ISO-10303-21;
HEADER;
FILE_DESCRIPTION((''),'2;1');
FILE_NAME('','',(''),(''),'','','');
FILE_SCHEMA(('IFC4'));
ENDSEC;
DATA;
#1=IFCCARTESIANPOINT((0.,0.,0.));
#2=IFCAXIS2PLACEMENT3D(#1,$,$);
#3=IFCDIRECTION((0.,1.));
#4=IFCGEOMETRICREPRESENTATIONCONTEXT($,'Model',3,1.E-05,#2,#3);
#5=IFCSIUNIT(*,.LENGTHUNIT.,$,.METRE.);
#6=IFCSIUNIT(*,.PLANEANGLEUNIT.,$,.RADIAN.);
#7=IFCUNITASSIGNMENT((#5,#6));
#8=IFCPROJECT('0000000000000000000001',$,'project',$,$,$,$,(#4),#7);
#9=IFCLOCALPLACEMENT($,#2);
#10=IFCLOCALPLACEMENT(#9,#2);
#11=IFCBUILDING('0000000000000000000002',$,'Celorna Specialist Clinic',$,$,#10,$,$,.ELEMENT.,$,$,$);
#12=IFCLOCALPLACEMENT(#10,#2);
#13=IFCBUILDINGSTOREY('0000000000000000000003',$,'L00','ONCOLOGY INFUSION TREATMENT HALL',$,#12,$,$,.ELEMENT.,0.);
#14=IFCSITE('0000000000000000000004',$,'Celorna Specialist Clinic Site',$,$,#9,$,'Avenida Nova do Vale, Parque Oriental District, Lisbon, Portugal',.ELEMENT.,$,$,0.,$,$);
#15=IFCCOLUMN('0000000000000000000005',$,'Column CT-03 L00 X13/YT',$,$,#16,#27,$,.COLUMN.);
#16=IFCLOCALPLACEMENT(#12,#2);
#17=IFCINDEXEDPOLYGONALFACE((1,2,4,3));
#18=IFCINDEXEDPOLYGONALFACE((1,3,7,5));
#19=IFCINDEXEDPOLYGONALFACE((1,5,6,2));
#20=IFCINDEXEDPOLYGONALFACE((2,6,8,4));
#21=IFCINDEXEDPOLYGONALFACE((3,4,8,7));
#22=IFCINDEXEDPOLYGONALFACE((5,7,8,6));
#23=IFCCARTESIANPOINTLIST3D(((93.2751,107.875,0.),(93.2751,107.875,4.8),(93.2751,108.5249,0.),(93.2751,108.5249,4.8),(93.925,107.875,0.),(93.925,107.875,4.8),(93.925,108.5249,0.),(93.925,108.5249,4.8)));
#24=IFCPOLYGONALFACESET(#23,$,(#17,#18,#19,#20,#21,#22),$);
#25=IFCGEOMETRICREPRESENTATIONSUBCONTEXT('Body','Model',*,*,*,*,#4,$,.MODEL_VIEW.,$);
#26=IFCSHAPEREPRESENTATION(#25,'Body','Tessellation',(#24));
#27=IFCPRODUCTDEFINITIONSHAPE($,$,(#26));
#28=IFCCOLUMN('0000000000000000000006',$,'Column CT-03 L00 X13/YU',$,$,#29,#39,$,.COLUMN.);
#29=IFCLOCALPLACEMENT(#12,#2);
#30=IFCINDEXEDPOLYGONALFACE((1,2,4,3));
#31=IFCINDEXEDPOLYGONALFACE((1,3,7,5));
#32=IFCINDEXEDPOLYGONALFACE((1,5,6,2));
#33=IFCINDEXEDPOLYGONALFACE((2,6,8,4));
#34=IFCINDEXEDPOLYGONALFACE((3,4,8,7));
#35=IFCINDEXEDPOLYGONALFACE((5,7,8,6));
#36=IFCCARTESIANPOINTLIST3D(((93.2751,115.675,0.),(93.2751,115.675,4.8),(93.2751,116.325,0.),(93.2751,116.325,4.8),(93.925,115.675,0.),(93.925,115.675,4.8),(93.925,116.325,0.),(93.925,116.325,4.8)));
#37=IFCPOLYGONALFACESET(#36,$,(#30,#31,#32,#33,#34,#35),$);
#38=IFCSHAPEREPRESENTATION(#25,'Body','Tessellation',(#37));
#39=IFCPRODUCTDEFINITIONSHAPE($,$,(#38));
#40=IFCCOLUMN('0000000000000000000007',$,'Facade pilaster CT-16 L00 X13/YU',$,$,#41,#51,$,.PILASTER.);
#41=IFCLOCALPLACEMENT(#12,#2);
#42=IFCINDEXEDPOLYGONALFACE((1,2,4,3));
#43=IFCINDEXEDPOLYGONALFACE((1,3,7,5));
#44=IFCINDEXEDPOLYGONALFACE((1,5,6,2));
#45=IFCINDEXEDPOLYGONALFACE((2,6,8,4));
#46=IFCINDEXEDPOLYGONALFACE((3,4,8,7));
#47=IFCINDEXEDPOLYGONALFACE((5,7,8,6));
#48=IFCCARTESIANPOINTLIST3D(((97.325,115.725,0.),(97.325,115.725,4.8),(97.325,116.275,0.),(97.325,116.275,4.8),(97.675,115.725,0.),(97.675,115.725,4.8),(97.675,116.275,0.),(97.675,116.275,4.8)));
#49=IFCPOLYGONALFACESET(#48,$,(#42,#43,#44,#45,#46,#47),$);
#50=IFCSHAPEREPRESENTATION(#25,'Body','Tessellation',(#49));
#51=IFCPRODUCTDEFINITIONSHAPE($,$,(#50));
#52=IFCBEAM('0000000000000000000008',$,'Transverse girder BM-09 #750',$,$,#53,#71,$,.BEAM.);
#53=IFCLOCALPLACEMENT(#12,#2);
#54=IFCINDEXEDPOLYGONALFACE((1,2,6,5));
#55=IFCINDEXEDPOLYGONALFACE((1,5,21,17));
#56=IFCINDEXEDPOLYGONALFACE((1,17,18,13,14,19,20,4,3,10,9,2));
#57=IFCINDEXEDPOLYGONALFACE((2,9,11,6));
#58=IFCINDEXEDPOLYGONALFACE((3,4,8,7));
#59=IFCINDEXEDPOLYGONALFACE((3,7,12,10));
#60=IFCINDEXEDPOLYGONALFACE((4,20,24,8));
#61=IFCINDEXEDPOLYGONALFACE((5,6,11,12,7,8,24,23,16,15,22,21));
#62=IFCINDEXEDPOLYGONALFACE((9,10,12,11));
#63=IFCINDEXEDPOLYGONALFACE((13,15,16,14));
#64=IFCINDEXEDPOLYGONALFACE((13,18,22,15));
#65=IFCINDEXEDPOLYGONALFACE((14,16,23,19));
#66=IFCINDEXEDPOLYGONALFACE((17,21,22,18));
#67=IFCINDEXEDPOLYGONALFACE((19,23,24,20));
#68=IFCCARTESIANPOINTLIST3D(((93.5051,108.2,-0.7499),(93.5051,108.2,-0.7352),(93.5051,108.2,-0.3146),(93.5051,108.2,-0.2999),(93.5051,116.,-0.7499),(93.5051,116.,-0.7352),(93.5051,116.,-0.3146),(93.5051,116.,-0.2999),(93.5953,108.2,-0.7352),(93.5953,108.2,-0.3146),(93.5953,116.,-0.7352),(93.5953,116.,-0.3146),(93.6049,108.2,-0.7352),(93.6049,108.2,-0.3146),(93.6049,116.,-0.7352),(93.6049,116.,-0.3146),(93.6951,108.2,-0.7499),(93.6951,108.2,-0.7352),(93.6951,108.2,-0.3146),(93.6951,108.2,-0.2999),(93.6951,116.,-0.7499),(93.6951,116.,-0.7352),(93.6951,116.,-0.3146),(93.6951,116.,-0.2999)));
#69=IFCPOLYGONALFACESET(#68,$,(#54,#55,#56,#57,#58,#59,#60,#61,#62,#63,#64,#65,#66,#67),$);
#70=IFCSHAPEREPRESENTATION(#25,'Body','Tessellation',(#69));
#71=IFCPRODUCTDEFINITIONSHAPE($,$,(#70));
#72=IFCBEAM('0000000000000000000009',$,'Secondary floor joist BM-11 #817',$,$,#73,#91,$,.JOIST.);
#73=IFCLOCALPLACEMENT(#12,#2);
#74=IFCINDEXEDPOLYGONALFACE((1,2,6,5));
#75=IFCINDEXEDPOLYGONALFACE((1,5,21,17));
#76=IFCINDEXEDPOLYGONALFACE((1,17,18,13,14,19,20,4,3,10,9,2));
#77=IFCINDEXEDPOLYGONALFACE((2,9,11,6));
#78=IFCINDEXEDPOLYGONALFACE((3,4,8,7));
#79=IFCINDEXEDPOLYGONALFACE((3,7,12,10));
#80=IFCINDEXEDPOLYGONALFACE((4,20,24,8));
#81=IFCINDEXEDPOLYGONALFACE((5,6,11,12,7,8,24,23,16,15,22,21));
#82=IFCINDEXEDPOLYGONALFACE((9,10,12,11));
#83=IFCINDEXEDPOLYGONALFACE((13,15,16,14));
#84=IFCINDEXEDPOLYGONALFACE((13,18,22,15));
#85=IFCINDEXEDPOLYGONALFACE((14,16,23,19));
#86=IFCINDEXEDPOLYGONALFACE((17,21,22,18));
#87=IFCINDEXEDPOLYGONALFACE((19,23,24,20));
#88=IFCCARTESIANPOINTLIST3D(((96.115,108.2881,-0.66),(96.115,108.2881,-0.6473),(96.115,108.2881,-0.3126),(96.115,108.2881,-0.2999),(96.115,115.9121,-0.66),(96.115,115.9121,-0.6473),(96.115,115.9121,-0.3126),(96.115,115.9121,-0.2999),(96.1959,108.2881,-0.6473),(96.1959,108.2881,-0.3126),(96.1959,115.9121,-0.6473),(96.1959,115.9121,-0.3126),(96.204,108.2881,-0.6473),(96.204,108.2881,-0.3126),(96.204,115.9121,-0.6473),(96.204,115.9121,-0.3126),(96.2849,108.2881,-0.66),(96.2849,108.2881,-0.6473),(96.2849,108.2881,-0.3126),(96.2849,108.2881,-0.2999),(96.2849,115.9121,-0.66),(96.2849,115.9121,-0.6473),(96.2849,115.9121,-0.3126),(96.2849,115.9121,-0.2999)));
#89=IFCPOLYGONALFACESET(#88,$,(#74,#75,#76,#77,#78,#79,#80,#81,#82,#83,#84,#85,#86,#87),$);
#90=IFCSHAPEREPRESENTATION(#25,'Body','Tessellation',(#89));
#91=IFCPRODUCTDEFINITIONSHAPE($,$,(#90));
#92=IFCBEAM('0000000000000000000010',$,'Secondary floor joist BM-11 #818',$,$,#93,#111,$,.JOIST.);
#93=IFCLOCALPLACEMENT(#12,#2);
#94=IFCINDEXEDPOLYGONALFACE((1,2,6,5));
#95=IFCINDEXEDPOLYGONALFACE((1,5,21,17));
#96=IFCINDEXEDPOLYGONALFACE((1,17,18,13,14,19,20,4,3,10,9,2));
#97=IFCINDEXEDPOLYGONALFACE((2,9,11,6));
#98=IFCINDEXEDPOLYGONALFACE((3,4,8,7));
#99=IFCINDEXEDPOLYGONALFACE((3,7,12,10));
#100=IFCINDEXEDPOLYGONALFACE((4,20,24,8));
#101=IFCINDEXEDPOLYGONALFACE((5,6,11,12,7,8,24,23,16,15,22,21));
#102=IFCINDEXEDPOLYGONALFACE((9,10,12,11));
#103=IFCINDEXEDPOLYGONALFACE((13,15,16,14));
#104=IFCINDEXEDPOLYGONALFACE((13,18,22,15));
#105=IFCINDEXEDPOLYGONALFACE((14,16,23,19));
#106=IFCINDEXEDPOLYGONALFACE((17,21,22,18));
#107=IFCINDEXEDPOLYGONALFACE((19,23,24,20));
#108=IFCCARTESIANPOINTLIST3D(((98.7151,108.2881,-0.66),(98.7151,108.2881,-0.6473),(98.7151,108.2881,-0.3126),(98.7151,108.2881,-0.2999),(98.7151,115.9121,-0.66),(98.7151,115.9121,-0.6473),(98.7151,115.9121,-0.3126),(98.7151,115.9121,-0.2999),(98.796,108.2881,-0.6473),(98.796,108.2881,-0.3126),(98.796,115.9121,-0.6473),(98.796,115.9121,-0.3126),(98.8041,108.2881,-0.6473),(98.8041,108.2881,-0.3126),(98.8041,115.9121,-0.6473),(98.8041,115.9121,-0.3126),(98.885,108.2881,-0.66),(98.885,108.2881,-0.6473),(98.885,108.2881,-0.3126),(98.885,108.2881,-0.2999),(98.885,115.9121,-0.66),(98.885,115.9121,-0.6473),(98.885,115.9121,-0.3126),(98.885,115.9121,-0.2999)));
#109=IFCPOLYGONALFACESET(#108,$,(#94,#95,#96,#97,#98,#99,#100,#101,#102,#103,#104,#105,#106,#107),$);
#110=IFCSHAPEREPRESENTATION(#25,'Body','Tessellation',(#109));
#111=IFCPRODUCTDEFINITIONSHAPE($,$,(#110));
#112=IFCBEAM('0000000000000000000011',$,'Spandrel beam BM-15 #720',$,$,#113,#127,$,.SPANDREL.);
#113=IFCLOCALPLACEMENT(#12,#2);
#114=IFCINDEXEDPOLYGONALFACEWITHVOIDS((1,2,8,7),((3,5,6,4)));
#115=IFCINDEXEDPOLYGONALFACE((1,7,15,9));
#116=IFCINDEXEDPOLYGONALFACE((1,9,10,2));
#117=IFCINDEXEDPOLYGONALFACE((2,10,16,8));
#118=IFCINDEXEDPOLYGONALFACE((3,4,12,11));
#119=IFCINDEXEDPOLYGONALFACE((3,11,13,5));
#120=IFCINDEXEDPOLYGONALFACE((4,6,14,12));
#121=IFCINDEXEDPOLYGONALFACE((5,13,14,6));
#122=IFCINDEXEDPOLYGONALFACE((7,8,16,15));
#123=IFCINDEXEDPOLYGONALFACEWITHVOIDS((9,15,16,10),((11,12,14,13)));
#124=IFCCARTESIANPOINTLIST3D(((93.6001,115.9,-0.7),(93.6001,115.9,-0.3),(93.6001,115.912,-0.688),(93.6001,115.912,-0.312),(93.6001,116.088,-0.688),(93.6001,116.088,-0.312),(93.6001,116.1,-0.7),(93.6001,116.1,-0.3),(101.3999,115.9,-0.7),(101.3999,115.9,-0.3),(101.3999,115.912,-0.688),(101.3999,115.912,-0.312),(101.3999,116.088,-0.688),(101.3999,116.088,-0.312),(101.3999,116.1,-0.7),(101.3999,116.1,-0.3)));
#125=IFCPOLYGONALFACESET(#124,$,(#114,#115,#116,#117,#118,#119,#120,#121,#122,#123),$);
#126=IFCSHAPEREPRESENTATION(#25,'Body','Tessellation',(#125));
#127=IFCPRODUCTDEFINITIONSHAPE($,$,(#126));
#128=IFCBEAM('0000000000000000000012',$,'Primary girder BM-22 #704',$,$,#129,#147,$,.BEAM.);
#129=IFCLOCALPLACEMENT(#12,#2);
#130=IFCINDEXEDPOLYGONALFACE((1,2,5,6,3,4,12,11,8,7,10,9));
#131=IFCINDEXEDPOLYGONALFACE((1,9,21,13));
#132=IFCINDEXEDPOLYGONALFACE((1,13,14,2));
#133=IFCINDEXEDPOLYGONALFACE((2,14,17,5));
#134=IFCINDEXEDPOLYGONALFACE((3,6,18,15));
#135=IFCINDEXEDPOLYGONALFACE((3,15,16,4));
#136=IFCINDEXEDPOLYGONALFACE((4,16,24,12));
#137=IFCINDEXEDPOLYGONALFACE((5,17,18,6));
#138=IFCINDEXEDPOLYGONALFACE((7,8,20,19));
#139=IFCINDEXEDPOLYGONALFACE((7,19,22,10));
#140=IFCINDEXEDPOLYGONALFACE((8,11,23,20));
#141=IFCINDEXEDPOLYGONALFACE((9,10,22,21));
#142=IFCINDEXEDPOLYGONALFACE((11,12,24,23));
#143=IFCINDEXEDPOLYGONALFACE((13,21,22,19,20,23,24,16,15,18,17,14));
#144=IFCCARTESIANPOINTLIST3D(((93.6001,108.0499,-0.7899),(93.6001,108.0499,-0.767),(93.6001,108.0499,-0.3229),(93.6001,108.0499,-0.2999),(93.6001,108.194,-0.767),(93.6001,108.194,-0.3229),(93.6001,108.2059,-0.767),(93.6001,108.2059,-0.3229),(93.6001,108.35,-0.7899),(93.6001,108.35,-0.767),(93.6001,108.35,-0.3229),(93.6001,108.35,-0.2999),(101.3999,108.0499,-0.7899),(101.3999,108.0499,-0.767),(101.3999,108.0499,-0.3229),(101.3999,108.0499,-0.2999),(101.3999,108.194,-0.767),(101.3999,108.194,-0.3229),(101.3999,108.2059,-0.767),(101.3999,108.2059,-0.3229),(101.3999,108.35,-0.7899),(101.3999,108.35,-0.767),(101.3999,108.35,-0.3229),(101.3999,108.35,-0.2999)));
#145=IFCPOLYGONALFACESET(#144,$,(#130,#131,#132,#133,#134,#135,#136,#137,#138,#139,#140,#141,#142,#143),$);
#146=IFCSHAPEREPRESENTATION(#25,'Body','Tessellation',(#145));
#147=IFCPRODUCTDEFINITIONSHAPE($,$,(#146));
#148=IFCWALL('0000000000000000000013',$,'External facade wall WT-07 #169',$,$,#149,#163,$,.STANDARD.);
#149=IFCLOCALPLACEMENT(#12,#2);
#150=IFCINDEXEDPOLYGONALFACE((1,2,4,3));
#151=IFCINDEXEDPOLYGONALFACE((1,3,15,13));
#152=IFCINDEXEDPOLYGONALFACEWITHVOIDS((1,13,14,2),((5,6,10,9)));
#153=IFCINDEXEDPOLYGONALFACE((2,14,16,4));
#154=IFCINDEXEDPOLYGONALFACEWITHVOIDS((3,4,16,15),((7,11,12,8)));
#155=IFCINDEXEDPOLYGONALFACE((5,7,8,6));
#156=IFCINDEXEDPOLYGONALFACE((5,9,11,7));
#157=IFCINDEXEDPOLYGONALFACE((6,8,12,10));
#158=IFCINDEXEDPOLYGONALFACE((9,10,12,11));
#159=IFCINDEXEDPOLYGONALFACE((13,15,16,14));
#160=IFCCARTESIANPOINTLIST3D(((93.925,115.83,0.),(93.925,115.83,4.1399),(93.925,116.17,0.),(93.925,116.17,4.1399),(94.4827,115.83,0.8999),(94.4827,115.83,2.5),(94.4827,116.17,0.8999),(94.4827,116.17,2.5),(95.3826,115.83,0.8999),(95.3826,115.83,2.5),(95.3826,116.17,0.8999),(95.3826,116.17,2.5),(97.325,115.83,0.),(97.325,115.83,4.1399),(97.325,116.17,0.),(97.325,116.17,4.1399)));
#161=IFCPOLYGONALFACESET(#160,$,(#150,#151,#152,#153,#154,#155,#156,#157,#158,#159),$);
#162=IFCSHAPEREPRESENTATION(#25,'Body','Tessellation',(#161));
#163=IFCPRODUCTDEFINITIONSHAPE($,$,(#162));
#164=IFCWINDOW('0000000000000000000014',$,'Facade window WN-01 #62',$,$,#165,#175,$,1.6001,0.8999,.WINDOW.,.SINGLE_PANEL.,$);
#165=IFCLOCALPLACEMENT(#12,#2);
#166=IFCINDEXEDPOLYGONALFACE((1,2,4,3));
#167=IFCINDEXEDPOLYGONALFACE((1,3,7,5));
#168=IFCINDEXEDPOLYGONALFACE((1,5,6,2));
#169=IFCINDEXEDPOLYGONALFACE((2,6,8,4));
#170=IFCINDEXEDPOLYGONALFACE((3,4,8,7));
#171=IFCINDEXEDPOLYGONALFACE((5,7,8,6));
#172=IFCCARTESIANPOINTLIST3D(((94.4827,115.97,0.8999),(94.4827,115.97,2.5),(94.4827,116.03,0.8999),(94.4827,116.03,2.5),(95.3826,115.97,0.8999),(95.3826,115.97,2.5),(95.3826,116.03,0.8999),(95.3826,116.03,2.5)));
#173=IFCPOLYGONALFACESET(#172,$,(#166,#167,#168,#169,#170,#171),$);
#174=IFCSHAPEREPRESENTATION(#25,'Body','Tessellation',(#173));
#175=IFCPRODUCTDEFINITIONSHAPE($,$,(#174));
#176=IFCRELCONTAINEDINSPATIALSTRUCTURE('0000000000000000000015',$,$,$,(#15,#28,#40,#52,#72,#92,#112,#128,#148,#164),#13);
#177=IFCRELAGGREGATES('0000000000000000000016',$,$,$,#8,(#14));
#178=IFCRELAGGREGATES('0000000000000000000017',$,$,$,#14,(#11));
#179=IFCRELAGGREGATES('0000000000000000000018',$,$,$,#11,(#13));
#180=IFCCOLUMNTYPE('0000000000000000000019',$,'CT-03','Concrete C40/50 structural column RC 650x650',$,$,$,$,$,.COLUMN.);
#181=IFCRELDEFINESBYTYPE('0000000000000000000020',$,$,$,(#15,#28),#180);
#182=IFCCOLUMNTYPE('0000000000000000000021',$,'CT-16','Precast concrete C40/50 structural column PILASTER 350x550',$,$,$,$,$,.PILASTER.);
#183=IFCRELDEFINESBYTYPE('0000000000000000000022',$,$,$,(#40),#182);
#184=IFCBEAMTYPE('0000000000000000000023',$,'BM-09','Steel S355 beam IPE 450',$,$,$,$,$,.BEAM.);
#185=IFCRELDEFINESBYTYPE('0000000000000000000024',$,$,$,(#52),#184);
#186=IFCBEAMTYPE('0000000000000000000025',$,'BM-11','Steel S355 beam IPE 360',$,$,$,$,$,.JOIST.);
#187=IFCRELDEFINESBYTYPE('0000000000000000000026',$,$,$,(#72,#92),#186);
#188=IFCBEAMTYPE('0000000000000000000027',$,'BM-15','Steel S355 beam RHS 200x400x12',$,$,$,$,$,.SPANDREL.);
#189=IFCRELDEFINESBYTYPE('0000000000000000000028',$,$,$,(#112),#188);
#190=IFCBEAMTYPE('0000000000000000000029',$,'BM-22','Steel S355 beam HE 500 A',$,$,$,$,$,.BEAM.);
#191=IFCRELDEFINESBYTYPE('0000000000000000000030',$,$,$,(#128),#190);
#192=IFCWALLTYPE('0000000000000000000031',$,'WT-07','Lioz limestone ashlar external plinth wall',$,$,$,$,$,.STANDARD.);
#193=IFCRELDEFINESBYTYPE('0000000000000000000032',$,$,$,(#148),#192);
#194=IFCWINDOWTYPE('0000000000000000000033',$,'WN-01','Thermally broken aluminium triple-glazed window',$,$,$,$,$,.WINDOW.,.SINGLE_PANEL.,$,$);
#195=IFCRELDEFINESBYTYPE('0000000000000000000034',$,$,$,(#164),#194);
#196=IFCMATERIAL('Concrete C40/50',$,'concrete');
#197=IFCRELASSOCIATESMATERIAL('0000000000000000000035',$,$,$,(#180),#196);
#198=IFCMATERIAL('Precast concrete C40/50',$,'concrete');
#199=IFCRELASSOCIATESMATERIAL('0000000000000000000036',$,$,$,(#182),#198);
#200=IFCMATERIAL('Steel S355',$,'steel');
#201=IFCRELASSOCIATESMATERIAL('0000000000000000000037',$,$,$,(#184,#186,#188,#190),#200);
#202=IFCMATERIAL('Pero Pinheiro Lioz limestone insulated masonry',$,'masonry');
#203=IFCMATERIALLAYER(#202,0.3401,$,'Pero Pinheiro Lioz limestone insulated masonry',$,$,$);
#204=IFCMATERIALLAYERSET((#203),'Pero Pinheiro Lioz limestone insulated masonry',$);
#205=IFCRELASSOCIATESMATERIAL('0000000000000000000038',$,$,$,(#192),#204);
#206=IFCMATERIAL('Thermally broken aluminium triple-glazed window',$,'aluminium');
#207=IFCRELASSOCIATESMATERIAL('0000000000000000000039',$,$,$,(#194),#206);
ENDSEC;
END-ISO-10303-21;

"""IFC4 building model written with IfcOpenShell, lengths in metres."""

from ifc_helpers import new_model, si_unit, direction, frame, frame_2d, origin, origin_2d, place, context, subcontext, project, spatial, rectangle, hollow_rectangle, i_section, extrude, material, layer, layer_set, material_profile, profile_set, type_object, element, fill, save


model = new_model("IFC4")

# Units and contexts
model_context = context("Model", 3, precision=1e-05, world=origin(), true_north=direction((0.0, 1.0)))
body_context = subcontext(model_context, "Body", "Model", "MODEL_VIEW")
ifc_project = project(units=[si_unit("LENGTHUNIT", "METRE"), si_unit("PLANEANGLEUNIT", "RADIAN")], contexts=[model_context])

# Site, building, storey
site_placement = place(None, origin())
site = spatial("IfcSite", under=ifc_project, at=site_placement, Name="Celorna Specialist Clinic Site", LongName="Avenida Nova do Vale, Parque Oriental District, Lisbon, Portugal", CompositionType="ELEMENT", RefElevation=0.0)
building_placement = place(site_placement, origin())
building = spatial("IfcBuilding", under=site, at=building_placement, Name="Celorna Specialist Clinic", CompositionType="ELEMENT")
storey_placement = place(building_placement, origin())
storey = spatial("IfcBuildingStorey", under=building, at=storey_placement, Name="L00", Description="ONCOLOGY INFUSION TREATMENT HALL", CompositionType="ELEMENT", Elevation=0.0)

# Columns
ifc_material_1 = material(Name="Concrete C40/50", Category="concrete")
ifc_material_profile_1 = material_profile(ifc_material_1, rectangle(XDim=0.6499, YDim=0.6499, at=origin_2d()), Name="RC 650x650")
ifc_profile_set_1 = profile_set([ifc_material_profile_1], Name="Concrete C40/50")
column_type_1 = type_object("IfcColumnType", Name="CT-03", Description="Concrete C40/50 structural column RC 650x650", PredefinedType="COLUMN", material=ifc_profile_set_1)
for number, where, z_axis, x_axis, name in (
    (1, (93.6001, 108.2, 0.0), (0.0, 0.0, 1.0), (1.0, 0.0, 0.0), "Column CT-03 L00 X13/YT"),
    (2, (93.6001, 116.0, 0.0), (0.0, 0.0, 1.0), (1.0, 0.0, 0.0), "Column CT-03 L00 X13/YU"),
):
    element("IfcColumn", number, at=place(storey_placement, frame(where, z_axis=z_axis, x_axis=x_axis)), inside=storey, type_object=column_type_1, Name=name, PredefinedType="COLUMN", context=body_context, shape_type="SweptSolid", body=[
        extrude(rectangle(XDim=0.6499, YDim=0.6499, at=origin_2d()), origin(), (0.0, 0.0, 1.0), 4.8),
    ])
ifc_material_2 = material(Name="Precast concrete C40/50", Category="concrete")
ifc_material_profile_2 = material_profile(ifc_material_2, rectangle(XDim=0.3501, YDim=0.55, at=origin_2d()), Name="PILASTER 350x550")
ifc_profile_set_2 = profile_set([ifc_material_profile_2], Name="Precast concrete C40/50")
column_type_2 = type_object("IfcColumnType", Name="CT-16", Description="Precast concrete C40/50 structural column PILASTER 350x550", PredefinedType="PILASTER", material=ifc_profile_set_2)
column_placement = place(storey_placement, frame((97.5, 116.0, 0.0), z_axis=(0.0, 0.0, 1.0), x_axis=(1.0, 0.0, 0.0)))
element("IfcColumn", 3, at=column_placement, inside=storey, type_object=column_type_2, Name="Facade pilaster CT-16 L00 X13/YU", PredefinedType="PILASTER", context=body_context, shape_type="SweptSolid", body=[
    extrude(rectangle(XDim=0.3501, YDim=0.55, at=origin_2d()), origin(), (0.0, 0.0, 1.0), 4.8),
])

# Beams
ifc_material_3 = material(Name="Steel S355", Category="steel")
ifc_material_profile_3 = material_profile(ifc_material_3, i_section(OverallWidth=0.1899, OverallDepth=0.45, WebThickness=0.0095, FlangeThickness=0.0146, at=origin_2d()), Name="IPE 450")
ifc_profile_set_3 = profile_set([ifc_material_profile_3], Name="Steel S355")
beam_type_1 = type_object("IfcBeamType", Name="BM-09", Description="Steel S355 beam IPE 450", PredefinedType="BEAM", material=ifc_profile_set_3)
beam_1_placement = place(storey_placement, frame((93.6001, 108.2, -0.5249), z_axis=(0.0, 1.0, 0.0), x_axis=(-1.0, 0.0, 0.0)))
element("IfcBeam", 4, at=beam_1_placement, inside=storey, type_object=beam_type_1, Name="Transverse girder BM-09 #750", PredefinedType="BEAM", context=body_context, shape_type="SweptSolid", body=[
    extrude(i_section(OverallWidth=0.1899, OverallDepth=0.45, WebThickness=0.0095, FlangeThickness=0.0146, at=origin_2d()), origin(), (0.0, 0.0, 1.0), 7.8),
])
ifc_material_profile_4 = material_profile(ifc_material_3, i_section(OverallWidth=0.1699, OverallDepth=0.3601, WebThickness=0.0081, FlangeThickness=0.0127, at=origin_2d()), Name="IPE 360")
ifc_profile_set_4 = profile_set([ifc_material_profile_4], Name="Steel S355")
beam_type_2 = type_object("IfcBeamType", Name="BM-11", Description="Steel S355 beam IPE 360", PredefinedType="JOIST", material=ifc_profile_set_4)
for number, where, z_axis, x_axis, name in (
    (5, (96.2, 108.2881, -0.48), (0.0, 1.0, 0.0), (-1.0, 0.0, 0.0), "Secondary floor joist BM-11 #817"),
    (6, (98.8, 108.2881, -0.48), (0.0, 1.0, 0.0), (-1.0, 0.0, 0.0), "Secondary floor joist BM-11 #818"),
):
    element("IfcBeam", number, at=place(storey_placement, frame(where, z_axis=z_axis, x_axis=x_axis)), inside=storey, type_object=beam_type_2, Name=name, PredefinedType="JOIST", context=body_context, shape_type="SweptSolid", body=[
        extrude(i_section(OverallWidth=0.1699, OverallDepth=0.3601, WebThickness=0.0081, FlangeThickness=0.0127, at=origin_2d()), origin(), (0.0, 0.0, 1.0), 7.624),
    ])
ifc_material_profile_5 = material_profile(ifc_material_3, hollow_rectangle(XDim=0.2, YDim=0.3999, WallThickness=0.012, at=origin_2d()), Name="RHS 200x400x12")
ifc_profile_set_5 = profile_set([ifc_material_profile_5], Name="Steel S355")
beam_type_3 = type_object("IfcBeamType", Name="BM-15", Description="Steel S355 beam RHS 200x400x12", PredefinedType="SPANDREL", material=ifc_profile_set_5)
beam_2_placement = place(storey_placement, frame((93.6001, 116.0, -0.5), z_axis=(1.0, 0.0, 0.0), x_axis=(0.0, 1.0, 0.0)))
element("IfcBeam", 7, at=beam_2_placement, inside=storey, type_object=beam_type_3, Name="Spandrel beam BM-15 #720", PredefinedType="SPANDREL", context=body_context, shape_type="SweptSolid", body=[
    extrude(hollow_rectangle(XDim=0.2, YDim=0.3999, WallThickness=0.012, at=origin_2d()), origin(), (0.0, 0.0, 1.0), 7.7998),
])
ifc_material_profile_6 = material_profile(ifc_material_3, i_section(OverallWidth=0.3, OverallDepth=0.49, WebThickness=0.012, FlangeThickness=0.0229, at=origin_2d()), Name="HE 500 A")
ifc_profile_set_6 = profile_set([ifc_material_profile_6], Name="Steel S355")
beam_type_4 = type_object("IfcBeamType", Name="BM-22", Description="Steel S355 beam HE 500 A", PredefinedType="BEAM", material=ifc_profile_set_6)
beam_3_placement = place(storey_placement, frame((93.6001, 108.2, -0.5449), z_axis=(1.0, 0.0, 0.0), x_axis=(0.0, 1.0, 0.0)))
element("IfcBeam", 8, at=beam_3_placement, inside=storey, type_object=beam_type_4, Name="Primary girder BM-22 #704", PredefinedType="BEAM", context=body_context, shape_type="SweptSolid", body=[
    extrude(i_section(OverallWidth=0.3, OverallDepth=0.49, WebThickness=0.012, FlangeThickness=0.0229, at=origin_2d()), origin(), (0.0, 0.0, 1.0), 7.7998),
])

# Wall, opening, window
ifc_material_4 = material(Name="Pero Pinheiro Lioz limestone insulated masonry", Category="masonry")
ifc_layer_1 = layer(ifc_material_4, 0.3401, Name="Pero Pinheiro Lioz limestone insulated masonry")
ifc_layer_set_1 = layer_set([ifc_layer_1], Name="Pero Pinheiro Lioz limestone insulated masonry")
wall_type_1 = type_object("IfcWallType", Name="WT-07", Description="Lioz limestone ashlar external plinth wall", PredefinedType="STANDARD", material=ifc_layer_set_1)
wall_1_placement = place(storey_placement, frame((93.925, 116.0, 0.0), z_axis=(0.0, 0.0, 1.0), x_axis=(1.0, 0.0, 0.0)))
wall_1 = element("IfcWall", 9, at=wall_1_placement, inside=storey, type_object=wall_type_1, Name="External facade wall WT-07 #169", PredefinedType="STANDARD", context=body_context, shape_type="SweptSolid", body=[
    extrude(rectangle(XDim=3.3999, YDim=0.3401, at=frame_2d((1.7, 0.0))), origin(), (0.0, 0.0, 1.0), 4.1399),
])
opening_1_placement = place(wall_1_placement, frame((0.5576, 0.0, 0.8999)))
opening_1 = element("IfcOpeningElement", 10, at=opening_1_placement, cuts=wall_1, PredefinedType="OPENING", context=body_context, shape_type="SweptSolid", body=[
    extrude(rectangle(XDim=0.8999, YDim=1.6001, at=frame_2d((0.45, 0.8))), frame((0.0, 0.1799, 0.0), z_axis=(0.0, -1.0, 0.0), x_axis=(1.0, 0.0, 0.0)), (0.0, 0.0, 1.0), 0.3601),
])
ifc_material_5 = material(Name="Thermally broken aluminium triple-glazed window", Category="aluminium")
window_type_1 = type_object("IfcWindowType", Name="WN-01", Description="Thermally broken aluminium triple-glazed window", PartitioningType="SINGLE_PANEL", PredefinedType="WINDOW", material=ifc_material_5)
window_1_placement = place(opening_1_placement, origin())
window_1 = element("IfcWindow", 11, at=window_1_placement, inside=storey, type_object=window_type_1, Name="Facade window WN-01 #62", OverallHeight=1.6001, OverallWidth=0.8999, PartitioningType="SINGLE_PANEL", PredefinedType="WINDOW", context=body_context, shape_type="SweptSolid", body=[
    extrude(rectangle(XDim=0.8999, YDim=1.6001, at=frame_2d((0.45, 0.8))), frame((0.0, 0.03, 0.0), z_axis=(0.0, -1.0, 0.0), x_axis=(1.0, 0.0, 0.0)), (0.0, 0.0, 1.0), 0.0601),
])
fill(opening_1, window_1)

save(model, "model.ifc")
